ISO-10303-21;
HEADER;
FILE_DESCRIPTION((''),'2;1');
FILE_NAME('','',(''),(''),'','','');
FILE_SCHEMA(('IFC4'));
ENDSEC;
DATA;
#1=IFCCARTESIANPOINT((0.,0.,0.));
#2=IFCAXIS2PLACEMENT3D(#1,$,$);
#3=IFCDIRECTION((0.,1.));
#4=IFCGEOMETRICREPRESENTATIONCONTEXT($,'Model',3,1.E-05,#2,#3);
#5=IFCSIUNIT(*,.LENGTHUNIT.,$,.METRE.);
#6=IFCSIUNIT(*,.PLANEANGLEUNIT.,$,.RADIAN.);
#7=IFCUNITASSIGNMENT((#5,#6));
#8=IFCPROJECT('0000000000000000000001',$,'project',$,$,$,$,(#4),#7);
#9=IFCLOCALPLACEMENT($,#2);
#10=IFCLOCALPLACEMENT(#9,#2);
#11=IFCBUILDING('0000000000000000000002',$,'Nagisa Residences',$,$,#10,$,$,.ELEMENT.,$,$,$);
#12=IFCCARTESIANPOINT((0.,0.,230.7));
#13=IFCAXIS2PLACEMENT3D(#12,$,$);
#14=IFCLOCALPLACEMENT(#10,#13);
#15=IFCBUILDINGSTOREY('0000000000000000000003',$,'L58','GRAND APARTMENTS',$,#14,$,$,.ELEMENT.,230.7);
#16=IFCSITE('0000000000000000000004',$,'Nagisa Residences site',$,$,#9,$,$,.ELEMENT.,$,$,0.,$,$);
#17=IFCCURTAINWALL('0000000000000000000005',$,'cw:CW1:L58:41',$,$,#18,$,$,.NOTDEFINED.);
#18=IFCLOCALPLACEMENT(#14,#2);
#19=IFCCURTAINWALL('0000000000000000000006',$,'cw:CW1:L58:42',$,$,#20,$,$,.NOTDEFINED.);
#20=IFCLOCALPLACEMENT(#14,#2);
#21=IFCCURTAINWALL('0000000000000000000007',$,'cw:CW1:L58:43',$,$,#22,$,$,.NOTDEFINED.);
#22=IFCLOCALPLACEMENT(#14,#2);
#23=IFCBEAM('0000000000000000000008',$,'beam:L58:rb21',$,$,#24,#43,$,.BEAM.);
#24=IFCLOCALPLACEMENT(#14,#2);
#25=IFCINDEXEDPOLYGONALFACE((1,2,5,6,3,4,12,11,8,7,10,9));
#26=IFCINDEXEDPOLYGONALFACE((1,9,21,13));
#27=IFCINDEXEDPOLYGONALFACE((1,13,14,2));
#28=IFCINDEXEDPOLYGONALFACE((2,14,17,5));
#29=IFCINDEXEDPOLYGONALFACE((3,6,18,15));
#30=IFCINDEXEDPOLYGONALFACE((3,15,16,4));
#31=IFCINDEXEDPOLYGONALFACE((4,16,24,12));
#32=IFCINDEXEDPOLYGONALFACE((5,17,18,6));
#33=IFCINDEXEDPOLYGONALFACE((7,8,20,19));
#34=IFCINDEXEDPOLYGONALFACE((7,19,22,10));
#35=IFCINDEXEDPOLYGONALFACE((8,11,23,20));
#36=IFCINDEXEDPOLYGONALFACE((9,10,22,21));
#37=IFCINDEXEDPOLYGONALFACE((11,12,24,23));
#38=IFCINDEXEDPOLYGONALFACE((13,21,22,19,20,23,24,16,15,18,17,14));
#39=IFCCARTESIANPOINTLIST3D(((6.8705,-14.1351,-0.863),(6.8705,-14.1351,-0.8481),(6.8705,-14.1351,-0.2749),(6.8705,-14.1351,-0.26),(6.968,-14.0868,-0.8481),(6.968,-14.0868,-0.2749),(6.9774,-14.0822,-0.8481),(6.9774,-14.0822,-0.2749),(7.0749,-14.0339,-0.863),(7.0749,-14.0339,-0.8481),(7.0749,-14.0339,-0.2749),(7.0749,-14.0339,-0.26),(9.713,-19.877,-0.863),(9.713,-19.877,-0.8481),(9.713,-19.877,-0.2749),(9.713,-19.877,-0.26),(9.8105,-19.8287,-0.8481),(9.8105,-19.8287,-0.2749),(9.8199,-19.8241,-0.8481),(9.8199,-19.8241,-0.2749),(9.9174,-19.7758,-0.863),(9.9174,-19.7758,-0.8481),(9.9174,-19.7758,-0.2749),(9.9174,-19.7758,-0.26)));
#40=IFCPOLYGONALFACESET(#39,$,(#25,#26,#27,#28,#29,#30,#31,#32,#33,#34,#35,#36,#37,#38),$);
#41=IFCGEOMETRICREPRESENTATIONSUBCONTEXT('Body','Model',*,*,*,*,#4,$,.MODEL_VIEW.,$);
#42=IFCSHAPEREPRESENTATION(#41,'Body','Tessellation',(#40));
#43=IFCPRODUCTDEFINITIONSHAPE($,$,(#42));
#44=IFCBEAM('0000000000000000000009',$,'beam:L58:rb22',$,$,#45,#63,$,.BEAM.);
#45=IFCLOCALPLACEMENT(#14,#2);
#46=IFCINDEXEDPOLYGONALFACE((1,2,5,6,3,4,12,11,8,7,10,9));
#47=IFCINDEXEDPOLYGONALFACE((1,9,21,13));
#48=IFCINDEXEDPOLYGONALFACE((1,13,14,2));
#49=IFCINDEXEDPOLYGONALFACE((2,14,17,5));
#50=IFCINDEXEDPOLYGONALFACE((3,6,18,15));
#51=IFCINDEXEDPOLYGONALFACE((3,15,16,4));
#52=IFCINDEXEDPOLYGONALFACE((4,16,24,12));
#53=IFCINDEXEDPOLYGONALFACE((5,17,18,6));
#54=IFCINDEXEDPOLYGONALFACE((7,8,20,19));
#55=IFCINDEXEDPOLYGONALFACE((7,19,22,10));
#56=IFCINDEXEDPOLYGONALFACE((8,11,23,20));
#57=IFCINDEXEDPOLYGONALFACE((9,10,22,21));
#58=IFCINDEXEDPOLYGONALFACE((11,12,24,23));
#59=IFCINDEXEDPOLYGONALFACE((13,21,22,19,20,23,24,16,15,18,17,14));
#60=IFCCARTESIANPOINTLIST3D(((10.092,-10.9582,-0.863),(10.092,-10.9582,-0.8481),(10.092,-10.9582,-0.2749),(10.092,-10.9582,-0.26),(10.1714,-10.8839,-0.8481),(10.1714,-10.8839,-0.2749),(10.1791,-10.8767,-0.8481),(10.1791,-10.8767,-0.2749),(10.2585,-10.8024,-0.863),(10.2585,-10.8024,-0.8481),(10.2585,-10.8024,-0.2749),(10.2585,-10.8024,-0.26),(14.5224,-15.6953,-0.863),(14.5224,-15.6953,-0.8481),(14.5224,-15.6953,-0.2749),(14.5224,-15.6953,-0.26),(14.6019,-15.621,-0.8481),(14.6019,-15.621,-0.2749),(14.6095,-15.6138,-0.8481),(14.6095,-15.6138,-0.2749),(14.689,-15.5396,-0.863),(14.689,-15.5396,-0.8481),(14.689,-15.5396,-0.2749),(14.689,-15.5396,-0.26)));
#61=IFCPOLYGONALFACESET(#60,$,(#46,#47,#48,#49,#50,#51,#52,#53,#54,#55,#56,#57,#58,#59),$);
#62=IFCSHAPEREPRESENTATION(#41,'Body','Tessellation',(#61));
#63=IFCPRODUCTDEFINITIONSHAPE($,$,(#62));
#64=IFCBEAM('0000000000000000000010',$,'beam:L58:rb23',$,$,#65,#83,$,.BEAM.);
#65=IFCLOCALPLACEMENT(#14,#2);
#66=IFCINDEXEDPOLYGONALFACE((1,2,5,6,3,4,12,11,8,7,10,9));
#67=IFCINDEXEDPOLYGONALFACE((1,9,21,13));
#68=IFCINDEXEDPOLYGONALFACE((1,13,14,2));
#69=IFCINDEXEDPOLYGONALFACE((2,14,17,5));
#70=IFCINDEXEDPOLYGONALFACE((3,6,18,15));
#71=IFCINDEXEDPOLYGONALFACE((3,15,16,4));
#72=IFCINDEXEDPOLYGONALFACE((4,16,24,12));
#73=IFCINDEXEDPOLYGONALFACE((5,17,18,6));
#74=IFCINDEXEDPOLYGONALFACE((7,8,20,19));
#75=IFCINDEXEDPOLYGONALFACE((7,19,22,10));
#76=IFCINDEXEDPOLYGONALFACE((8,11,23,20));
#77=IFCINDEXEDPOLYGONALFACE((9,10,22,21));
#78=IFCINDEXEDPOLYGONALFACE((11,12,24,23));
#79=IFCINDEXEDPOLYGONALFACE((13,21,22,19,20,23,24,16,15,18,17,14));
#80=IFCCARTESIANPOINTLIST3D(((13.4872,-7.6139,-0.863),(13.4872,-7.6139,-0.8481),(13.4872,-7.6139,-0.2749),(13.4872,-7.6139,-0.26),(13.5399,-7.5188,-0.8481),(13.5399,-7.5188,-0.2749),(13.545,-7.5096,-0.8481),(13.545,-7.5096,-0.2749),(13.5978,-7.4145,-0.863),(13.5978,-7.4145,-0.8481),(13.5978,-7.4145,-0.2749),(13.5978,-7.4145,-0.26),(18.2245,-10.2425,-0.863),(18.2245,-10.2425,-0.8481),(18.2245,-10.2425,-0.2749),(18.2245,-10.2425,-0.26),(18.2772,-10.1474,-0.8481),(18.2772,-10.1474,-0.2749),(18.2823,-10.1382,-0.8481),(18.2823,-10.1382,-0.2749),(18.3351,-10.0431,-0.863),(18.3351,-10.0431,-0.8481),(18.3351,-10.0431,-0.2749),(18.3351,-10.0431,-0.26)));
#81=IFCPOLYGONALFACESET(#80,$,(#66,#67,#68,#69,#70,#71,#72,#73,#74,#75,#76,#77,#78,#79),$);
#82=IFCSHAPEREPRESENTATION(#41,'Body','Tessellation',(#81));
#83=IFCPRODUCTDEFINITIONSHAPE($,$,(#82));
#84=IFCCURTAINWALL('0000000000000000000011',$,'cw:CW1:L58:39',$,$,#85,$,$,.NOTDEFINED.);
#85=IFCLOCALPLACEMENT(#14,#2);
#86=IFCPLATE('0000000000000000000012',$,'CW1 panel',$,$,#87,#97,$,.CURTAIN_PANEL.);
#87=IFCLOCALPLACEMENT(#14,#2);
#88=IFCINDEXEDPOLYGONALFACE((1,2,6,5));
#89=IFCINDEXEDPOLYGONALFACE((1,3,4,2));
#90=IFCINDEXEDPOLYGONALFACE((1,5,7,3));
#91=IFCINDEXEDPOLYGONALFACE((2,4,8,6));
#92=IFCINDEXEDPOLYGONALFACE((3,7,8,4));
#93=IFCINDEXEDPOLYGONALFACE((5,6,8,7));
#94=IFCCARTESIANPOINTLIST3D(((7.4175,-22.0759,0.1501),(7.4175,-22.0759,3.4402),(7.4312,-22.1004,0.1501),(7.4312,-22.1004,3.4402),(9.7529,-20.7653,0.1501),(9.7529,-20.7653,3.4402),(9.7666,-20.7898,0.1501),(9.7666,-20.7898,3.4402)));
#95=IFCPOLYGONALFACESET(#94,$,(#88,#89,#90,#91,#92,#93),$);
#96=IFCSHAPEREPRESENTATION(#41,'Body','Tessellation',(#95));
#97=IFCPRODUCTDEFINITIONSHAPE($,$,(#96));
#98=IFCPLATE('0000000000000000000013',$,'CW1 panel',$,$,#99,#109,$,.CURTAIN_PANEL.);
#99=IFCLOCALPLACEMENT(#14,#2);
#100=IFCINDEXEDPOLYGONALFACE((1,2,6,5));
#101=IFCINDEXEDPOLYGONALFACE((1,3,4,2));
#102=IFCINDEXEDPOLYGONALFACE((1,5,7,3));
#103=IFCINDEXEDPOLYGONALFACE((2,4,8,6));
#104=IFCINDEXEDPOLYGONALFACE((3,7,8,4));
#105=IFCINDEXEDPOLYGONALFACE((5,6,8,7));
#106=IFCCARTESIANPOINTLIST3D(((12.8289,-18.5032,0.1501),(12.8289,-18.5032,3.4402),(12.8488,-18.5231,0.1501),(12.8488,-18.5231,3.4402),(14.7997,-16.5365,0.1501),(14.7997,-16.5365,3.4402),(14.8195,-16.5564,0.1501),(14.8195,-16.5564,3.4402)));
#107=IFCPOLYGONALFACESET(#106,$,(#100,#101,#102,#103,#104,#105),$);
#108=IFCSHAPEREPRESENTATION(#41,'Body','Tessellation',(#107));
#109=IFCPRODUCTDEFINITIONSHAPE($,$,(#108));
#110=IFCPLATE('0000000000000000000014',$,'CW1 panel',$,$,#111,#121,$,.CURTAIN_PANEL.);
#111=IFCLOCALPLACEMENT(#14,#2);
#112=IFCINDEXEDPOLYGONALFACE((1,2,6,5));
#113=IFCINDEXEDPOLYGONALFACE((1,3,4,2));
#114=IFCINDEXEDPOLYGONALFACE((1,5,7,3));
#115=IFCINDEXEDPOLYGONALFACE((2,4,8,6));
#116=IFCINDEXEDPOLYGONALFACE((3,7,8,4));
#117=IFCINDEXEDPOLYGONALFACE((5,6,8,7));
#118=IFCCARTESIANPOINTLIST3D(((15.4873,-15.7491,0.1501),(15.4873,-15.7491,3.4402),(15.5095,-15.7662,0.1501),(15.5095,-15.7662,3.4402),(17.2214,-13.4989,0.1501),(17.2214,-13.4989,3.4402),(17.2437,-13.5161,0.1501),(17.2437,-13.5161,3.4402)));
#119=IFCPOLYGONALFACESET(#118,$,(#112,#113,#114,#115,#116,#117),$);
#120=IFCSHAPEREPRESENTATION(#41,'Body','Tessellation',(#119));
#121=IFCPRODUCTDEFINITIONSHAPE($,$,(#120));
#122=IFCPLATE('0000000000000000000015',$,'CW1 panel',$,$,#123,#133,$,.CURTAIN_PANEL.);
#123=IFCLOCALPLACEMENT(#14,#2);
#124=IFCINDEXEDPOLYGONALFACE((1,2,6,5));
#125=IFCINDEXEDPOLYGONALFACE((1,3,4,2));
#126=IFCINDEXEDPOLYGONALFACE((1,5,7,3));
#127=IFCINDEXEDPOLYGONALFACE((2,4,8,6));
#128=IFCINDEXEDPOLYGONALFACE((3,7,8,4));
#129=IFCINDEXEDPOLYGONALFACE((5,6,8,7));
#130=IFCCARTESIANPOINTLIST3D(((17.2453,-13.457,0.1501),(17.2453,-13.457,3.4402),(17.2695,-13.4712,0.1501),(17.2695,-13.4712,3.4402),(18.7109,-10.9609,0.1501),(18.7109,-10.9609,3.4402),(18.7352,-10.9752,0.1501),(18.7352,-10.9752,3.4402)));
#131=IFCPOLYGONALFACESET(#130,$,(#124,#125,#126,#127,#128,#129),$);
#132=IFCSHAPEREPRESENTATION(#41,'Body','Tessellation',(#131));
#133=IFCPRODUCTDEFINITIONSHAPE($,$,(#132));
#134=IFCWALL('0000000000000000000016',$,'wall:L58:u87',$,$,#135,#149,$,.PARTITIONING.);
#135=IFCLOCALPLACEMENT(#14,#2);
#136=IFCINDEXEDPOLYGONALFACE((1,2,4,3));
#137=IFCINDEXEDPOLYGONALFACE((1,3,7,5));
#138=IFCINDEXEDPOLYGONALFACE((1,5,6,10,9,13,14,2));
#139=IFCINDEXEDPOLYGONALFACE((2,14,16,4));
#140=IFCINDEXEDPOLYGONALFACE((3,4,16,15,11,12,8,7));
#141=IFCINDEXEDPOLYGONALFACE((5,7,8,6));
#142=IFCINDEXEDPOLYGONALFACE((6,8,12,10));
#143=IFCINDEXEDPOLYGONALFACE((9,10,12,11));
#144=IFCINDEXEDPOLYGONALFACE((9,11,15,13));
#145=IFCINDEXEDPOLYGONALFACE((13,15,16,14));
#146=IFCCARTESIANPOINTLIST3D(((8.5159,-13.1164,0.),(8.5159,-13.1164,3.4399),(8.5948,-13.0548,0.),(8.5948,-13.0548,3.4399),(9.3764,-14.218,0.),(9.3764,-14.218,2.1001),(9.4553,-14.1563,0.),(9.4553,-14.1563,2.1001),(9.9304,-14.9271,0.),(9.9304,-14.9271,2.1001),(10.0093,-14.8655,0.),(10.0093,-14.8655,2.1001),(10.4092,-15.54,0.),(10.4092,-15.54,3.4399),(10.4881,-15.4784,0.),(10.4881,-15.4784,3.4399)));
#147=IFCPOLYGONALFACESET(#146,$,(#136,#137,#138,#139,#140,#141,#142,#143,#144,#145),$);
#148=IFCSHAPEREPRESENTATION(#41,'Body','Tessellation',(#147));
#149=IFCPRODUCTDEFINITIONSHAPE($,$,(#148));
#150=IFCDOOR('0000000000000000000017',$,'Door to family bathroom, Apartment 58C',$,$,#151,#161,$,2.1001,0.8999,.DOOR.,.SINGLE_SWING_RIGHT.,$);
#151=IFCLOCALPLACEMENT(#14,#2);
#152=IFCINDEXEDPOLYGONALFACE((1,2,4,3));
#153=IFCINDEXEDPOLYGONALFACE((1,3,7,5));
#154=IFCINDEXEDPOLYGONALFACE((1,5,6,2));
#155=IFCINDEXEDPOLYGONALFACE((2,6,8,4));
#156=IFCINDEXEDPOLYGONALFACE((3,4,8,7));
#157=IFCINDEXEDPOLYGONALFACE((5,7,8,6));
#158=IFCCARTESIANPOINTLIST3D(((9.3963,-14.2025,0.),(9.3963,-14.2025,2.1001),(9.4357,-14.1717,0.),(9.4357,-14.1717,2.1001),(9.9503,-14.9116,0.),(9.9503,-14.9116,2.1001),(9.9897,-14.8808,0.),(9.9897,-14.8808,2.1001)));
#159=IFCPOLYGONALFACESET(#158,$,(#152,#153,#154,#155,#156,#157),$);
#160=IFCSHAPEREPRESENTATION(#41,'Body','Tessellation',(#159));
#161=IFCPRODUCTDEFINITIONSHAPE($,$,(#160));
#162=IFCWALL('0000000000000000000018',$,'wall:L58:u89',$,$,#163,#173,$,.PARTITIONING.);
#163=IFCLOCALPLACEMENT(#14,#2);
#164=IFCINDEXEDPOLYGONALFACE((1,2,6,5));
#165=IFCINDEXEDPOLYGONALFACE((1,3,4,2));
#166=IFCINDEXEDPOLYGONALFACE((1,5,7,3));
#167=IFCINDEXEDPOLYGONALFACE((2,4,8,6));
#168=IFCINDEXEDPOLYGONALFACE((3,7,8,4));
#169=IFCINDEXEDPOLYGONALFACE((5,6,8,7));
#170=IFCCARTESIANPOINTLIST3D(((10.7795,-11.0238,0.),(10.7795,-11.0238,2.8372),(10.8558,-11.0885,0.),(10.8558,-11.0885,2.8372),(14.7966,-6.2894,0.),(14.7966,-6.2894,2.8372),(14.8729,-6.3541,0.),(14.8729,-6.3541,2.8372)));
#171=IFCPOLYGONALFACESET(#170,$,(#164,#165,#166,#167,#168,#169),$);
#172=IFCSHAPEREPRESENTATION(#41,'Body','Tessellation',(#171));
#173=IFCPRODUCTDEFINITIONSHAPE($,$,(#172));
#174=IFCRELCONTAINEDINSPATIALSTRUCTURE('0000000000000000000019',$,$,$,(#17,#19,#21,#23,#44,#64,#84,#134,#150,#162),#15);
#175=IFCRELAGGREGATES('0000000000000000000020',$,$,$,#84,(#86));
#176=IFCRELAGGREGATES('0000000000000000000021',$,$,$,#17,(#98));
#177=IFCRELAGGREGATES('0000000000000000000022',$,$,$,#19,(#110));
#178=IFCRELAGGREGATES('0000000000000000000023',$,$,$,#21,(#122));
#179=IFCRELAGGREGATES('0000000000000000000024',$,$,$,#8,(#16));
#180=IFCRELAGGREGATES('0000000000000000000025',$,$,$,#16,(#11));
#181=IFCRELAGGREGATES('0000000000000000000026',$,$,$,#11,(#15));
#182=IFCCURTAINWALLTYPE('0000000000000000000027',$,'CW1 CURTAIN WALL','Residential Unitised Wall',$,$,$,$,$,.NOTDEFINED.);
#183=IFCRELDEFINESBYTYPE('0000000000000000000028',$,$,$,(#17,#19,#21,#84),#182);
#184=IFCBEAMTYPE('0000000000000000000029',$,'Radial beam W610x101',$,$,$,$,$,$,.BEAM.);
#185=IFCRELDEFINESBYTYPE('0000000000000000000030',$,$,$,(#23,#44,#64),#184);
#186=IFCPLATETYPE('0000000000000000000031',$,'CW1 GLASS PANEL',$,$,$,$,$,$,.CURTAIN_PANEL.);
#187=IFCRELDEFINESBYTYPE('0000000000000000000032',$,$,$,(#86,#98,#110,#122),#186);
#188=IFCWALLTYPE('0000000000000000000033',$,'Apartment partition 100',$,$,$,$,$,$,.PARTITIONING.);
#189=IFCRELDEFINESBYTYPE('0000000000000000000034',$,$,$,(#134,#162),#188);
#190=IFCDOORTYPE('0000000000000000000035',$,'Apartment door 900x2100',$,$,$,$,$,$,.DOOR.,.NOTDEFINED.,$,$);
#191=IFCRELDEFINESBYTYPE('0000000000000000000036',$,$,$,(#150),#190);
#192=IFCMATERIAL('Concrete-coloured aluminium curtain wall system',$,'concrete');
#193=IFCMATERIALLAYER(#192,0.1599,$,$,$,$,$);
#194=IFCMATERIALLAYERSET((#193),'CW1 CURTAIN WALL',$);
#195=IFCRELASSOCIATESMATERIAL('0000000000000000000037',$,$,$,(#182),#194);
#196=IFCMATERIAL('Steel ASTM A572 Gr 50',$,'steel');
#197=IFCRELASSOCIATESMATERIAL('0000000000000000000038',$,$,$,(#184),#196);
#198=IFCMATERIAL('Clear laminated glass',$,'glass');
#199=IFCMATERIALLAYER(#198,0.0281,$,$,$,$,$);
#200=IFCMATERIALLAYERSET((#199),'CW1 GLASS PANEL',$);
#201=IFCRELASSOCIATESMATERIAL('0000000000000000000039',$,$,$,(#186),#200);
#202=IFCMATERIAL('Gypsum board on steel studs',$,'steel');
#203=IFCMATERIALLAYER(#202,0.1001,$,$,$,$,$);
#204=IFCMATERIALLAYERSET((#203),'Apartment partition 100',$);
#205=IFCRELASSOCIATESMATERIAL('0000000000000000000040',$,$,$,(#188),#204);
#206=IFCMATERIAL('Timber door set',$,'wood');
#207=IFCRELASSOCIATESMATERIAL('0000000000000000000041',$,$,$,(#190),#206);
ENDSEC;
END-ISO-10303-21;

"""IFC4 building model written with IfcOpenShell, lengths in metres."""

from ifc_helpers import new_model, si_unit, direction, frame, frame_2d, origin, origin_2d, place, context, subcontext, project, spatial, rectangle, i_section, extrude, material, layer, layer_set, material_profile, profile_set, type_object, element, fill, aggregate, save


model = new_model("IFC4")

# Units and contexts
model_context = context("Model", 3, precision=1e-05, world=origin(), true_north=direction((0.0, 1.0)))
body_context = subcontext(model_context, "Body", "Model", "MODEL_VIEW")
ifc_project = project(units=[si_unit("LENGTHUNIT", "METRE"), si_unit("PLANEANGLEUNIT", "RADIAN")], contexts=[model_context])

# Site, building, storey
site_placement = place(None, origin())
site = spatial("IfcSite", under=ifc_project, at=site_placement, Name="Nagisa Residences site", CompositionType="ELEMENT", RefElevation=0.0)
building_placement = place(site_placement, origin())
building = spatial("IfcBuilding", under=site, at=building_placement, Name="Nagisa Residences", CompositionType="ELEMENT")
storey_placement = place(building_placement, frame((0.0, 0.0, 230.7)))
storey = spatial("IfcBuildingStorey", under=building, at=storey_placement, Name="L58", Description="GRAND APARTMENTS", CompositionType="ELEMENT", Elevation=230.7)

# Curtain walls
ifc_material_1 = material(Name="Concrete-coloured aluminium curtain wall system", Category="concrete")
ifc_layer_1 = layer(ifc_material_1, 0.1599)
ifc_layer_set_1 = layer_set([ifc_layer_1], Name="CW1 CURTAIN WALL")
curtain_wall_type = type_object("IfcCurtainWallType", Name="CW1 CURTAIN WALL", Description="Residential Unitised Wall", PredefinedType="NOTDEFINED", material=ifc_layer_set_1)
curtain_wall_1_placement = place(storey_placement, origin())
curtain_wall_1 = element("IfcCurtainWall", 1, at=curtain_wall_1_placement, inside=storey, type_object=curtain_wall_type, Name="cw:CW1:L58:41", PredefinedType="NOTDEFINED")
curtain_wall_2_placement = place(storey_placement, origin())
curtain_wall_2 = element("IfcCurtainWall", 2, at=curtain_wall_2_placement, inside=storey, type_object=curtain_wall_type, Name="cw:CW1:L58:42", PredefinedType="NOTDEFINED")
curtain_wall_3_placement = place(storey_placement, origin())
curtain_wall_3 = element("IfcCurtainWall", 3, at=curtain_wall_3_placement, inside=storey, type_object=curtain_wall_type, Name="cw:CW1:L58:43", PredefinedType="NOTDEFINED")

# Beams
ifc_material_2 = material(Name="Steel ASTM A572 Gr 50", Category="steel")
ifc_material_profile_1 = material_profile(ifc_material_2, i_section(OverallWidth=0.228, OverallDepth=0.603, WebThickness=0.0105, FlangeThickness=0.0149, at=origin_2d()), Name="W610x101")
ifc_profile_set_1 = profile_set([ifc_material_profile_1], Name="Steel ASTM A572 Gr 50")
beam_type_1 = type_object("IfcBeamType", Name="Radial beam W610x101", PredefinedType="BEAM", material=ifc_profile_set_1)
beam_1_placement = place(storey_placement, frame((9.8152, -19.8264, -0.5615), z_axis=(-0.443659, 0.896196, 0.0), x_axis=(-0.896196, -0.443659, 0.0)))
element("IfcBeam", 4, at=beam_1_placement, inside=storey, type_object=beam_type_1, Name="beam:L58:rb21", PredefinedType="BEAM", context=body_context, shape_type="SweptSolid", body=[
    extrude(i_section(OverallWidth=0.228, OverallDepth=0.603, WebThickness=0.0105, FlangeThickness=0.0149, at=origin_2d()), origin(), (0.0, 0.0, 1.0), 6.407),
])
beam_2_placement = place(storey_placement, frame((14.6057, -15.6174, -0.5615), z_axis=(-0.683073, 0.73035, 0.0), x_axis=(-0.73035, -0.683073, 0.0)))
element("IfcBeam", 5, at=beam_2_placement, inside=storey, type_object=beam_type_1, Name="beam:L58:rb22", PredefinedType="BEAM", context=body_context, shape_type="SweptSolid", body=[
    extrude(i_section(OverallWidth=0.228, OverallDepth=0.603, WebThickness=0.0105, FlangeThickness=0.0149, at=origin_2d()), origin(), (0.0, 0.0, 1.0), 6.4861),
])
beam_3_placement = place(storey_placement, frame((18.2798, -10.1428, -0.5615), z_axis=(-0.874406, 0.485195, 0.0), x_axis=(-0.485195, -0.874406, 0.0)))
element("IfcBeam", 6, at=beam_3_placement, inside=storey, type_object=beam_type_1, Name="beam:L58:rb23", PredefinedType="BEAM", context=body_context, shape_type="SweptSolid", body=[
    extrude(i_section(OverallWidth=0.228, OverallDepth=0.603, WebThickness=0.0105, FlangeThickness=0.0149, at=origin_2d()), origin(), (0.0, 0.0, 1.0), 5.4177),
])

# Curtain wall, plate
curtain_wall_4_placement = place(storey_placement, origin())
curtain_wall_4 = element("IfcCurtainWall", 7, at=curtain_wall_4_placement, inside=storey, type_object=curtain_wall_type, Name="cw:CW1:L58:39", PredefinedType="NOTDEFINED")
ifc_material_3 = material(Name="Clear laminated glass", Category="glass")
ifc_layer_2 = layer(ifc_material_3, 0.0281)
ifc_layer_set_2 = layer_set([ifc_layer_2], Name="CW1 GLASS PANEL")
plate_type = type_object("IfcPlateType", Name="CW1 GLASS PANEL", PredefinedType="CURTAIN_PANEL", material=ifc_layer_set_2)
plate_1_placement = place(storey_placement, frame((8.592, -21.4329, 0.1501), z_axis=(0.0, 0.0, 1.0), x_axis=(0.872072, 0.489377, 0.0)))
plate_1 = element("IfcPlate", 8, at=plate_1_placement, type_object=plate_type, Name="CW1 panel", PredefinedType="CURTAIN_PANEL", context=body_context, shape_type="SweptSolid", body=[
    extrude(rectangle(XDim=2.678, YDim=0.0281, at=origin_2d()), origin(), (0.0, 0.0, 1.0), 3.29),
])
aggregate(curtain_wall_4, [plate_1])

# Plates
plate_2_placement = place(storey_placement, frame((13.8242, -17.5298, 0.1501), z_axis=(0.0, 0.0, 1.0), x_axis=(0.707836, 0.706377, 0.0)))
plate_2 = element("IfcPlate", 9, at=plate_2_placement, type_object=plate_type, Name="CW1 panel", PredefinedType="CURTAIN_PANEL", context=body_context, shape_type="SweptSolid", body=[
    extrude(rectangle(XDim=2.7842, YDim=0.0281, at=origin_2d()), origin(), (0.0, 0.0, 1.0), 3.29),
])
aggregate(curtain_wall_1, [plate_2])
plate_3_placement = place(storey_placement, frame((16.3655, -14.6326, 0.1501), z_axis=(0.0, 0.0, 1.0), x_axis=(0.61043, 0.79207, 0.0)))
plate_3 = element("IfcPlate", 10, at=plate_3_placement, type_object=plate_type, Name="CW1 panel", PredefinedType="CURTAIN_PANEL", context=body_context, shape_type="SweptSolid", body=[
    extrude(rectangle(XDim=2.8408, YDim=0.0281, at=origin_2d()), origin(), (0.0, 0.0, 1.0), 3.29),
])
aggregate(curtain_wall_2, [plate_3])
plate_4_placement = place(storey_placement, frame((17.9902, -12.2161, 0.1501), z_axis=(0.0, 0.0, 1.0), x_axis=(0.506349, 0.862329, 0.0)))
plate_4 = element("IfcPlate", 11, at=plate_4_placement, type_object=plate_type, Name="CW1 panel", PredefinedType="CURTAIN_PANEL", context=body_context, shape_type="SweptSolid", body=[
    extrude(rectangle(XDim=2.8945, YDim=0.0281, at=origin_2d()), origin(), (0.0, 0.0, 1.0), 3.29),
])
aggregate(curtain_wall_3, [plate_4])

# Wall, opening, door
ifc_material_4 = material(Name="Gypsum board on steel studs", Category="steel")
ifc_layer_3 = layer(ifc_material_4, 0.1001)
ifc_layer_set_3 = layer_set([ifc_layer_3], Name="Apartment partition 100")
wall_type_1 = type_object("IfcWallType", Name="Apartment partition 100", PredefinedType="PARTITIONING", material=ifc_layer_set_3)
wall_1_placement = place(storey_placement, frame((8.5554, -13.0857, 0.0), z_axis=(0.0, 0.0, 1.0), x_axis=(0.615621, -0.788042, 0.0)))
wall_1 = element("IfcWall", 12, at=wall_1_placement, inside=storey, type_object=wall_type_1, Name="wall:L58:u87", PredefinedType="PARTITIONING", context=body_context, shape_type="SweptSolid", body=[
    extrude(rectangle(XDim=3.0754, YDim=0.1001, at=frame_2d((1.5376, 0.0))), origin(), (0.0, 0.0, 1.0), 3.4399),
])
opening_1_placement = place(wall_1_placement, frame((1.3977, 0.0, 0.0)))
opening_1 = element("IfcOpeningElement", 13, at=opening_1_placement, cuts=wall_1, PredefinedType="OPENING", context=body_context, shape_type="SweptSolid", body=[
    extrude(rectangle(XDim=0.8999, YDim=2.1001, at=frame_2d((0.45, 1.05))), frame((0.0, 0.0601, 0.0), z_axis=(0.0, -1.0, 0.0), x_axis=(1.0, 0.0, 0.0)), (0.0, 0.0, 1.0), 0.1201),
])
ifc_material_5 = material(Name="Timber door set", Category="wood")
door_type_1 = type_object("IfcDoorType", Name="Apartment door 900x2100", OperationType="NOTDEFINED", PredefinedType="DOOR", material=ifc_material_5)
door_1_placement = place(opening_1_placement, frame((0.8999, 0.0, 0.0), x_axis=(-1.0, 0.0, 0.0)))
door_1 = element("IfcDoor", 14, at=door_1_placement, inside=storey, type_object=door_type_1, Name="Door to family bathroom, Apartment 58C", OperationType="SINGLE_SWING_RIGHT", OverallHeight=2.1001, OverallWidth=0.8999, PredefinedType="DOOR", context=body_context, shape_type="SweptSolid", body=[
    extrude(rectangle(XDim=0.8999, YDim=2.1001, at=frame_2d((0.45, 1.05))), frame((0.0, 0.0249, 0.0), z_axis=(0.0, -1.0, 0.0), x_axis=(1.0, 0.0, 0.0)), (0.0, 0.0, 1.0), 0.05),
])
fill(opening_1, door_1)

# Wall
wall_2_placement = place(storey_placement, frame((10.8176, -11.0562, 0.0), z_axis=(0.0, 0.0, 1.0), x_axis=(0.646982, 0.762506, 0.0)))
element("IfcWall", 15, at=wall_2_placement, inside=storey, type_object=wall_type_1, Name="wall:L58:u89", PredefinedType="PARTITIONING", context=body_context, shape_type="SweptSolid", body=[
    extrude(rectangle(XDim=6.209, YDim=0.1001, at=frame_2d((3.1045, 0.0))), origin(), (0.0, 0.0, 1.0), 2.8372),
])

save(model, "model.ifc")
